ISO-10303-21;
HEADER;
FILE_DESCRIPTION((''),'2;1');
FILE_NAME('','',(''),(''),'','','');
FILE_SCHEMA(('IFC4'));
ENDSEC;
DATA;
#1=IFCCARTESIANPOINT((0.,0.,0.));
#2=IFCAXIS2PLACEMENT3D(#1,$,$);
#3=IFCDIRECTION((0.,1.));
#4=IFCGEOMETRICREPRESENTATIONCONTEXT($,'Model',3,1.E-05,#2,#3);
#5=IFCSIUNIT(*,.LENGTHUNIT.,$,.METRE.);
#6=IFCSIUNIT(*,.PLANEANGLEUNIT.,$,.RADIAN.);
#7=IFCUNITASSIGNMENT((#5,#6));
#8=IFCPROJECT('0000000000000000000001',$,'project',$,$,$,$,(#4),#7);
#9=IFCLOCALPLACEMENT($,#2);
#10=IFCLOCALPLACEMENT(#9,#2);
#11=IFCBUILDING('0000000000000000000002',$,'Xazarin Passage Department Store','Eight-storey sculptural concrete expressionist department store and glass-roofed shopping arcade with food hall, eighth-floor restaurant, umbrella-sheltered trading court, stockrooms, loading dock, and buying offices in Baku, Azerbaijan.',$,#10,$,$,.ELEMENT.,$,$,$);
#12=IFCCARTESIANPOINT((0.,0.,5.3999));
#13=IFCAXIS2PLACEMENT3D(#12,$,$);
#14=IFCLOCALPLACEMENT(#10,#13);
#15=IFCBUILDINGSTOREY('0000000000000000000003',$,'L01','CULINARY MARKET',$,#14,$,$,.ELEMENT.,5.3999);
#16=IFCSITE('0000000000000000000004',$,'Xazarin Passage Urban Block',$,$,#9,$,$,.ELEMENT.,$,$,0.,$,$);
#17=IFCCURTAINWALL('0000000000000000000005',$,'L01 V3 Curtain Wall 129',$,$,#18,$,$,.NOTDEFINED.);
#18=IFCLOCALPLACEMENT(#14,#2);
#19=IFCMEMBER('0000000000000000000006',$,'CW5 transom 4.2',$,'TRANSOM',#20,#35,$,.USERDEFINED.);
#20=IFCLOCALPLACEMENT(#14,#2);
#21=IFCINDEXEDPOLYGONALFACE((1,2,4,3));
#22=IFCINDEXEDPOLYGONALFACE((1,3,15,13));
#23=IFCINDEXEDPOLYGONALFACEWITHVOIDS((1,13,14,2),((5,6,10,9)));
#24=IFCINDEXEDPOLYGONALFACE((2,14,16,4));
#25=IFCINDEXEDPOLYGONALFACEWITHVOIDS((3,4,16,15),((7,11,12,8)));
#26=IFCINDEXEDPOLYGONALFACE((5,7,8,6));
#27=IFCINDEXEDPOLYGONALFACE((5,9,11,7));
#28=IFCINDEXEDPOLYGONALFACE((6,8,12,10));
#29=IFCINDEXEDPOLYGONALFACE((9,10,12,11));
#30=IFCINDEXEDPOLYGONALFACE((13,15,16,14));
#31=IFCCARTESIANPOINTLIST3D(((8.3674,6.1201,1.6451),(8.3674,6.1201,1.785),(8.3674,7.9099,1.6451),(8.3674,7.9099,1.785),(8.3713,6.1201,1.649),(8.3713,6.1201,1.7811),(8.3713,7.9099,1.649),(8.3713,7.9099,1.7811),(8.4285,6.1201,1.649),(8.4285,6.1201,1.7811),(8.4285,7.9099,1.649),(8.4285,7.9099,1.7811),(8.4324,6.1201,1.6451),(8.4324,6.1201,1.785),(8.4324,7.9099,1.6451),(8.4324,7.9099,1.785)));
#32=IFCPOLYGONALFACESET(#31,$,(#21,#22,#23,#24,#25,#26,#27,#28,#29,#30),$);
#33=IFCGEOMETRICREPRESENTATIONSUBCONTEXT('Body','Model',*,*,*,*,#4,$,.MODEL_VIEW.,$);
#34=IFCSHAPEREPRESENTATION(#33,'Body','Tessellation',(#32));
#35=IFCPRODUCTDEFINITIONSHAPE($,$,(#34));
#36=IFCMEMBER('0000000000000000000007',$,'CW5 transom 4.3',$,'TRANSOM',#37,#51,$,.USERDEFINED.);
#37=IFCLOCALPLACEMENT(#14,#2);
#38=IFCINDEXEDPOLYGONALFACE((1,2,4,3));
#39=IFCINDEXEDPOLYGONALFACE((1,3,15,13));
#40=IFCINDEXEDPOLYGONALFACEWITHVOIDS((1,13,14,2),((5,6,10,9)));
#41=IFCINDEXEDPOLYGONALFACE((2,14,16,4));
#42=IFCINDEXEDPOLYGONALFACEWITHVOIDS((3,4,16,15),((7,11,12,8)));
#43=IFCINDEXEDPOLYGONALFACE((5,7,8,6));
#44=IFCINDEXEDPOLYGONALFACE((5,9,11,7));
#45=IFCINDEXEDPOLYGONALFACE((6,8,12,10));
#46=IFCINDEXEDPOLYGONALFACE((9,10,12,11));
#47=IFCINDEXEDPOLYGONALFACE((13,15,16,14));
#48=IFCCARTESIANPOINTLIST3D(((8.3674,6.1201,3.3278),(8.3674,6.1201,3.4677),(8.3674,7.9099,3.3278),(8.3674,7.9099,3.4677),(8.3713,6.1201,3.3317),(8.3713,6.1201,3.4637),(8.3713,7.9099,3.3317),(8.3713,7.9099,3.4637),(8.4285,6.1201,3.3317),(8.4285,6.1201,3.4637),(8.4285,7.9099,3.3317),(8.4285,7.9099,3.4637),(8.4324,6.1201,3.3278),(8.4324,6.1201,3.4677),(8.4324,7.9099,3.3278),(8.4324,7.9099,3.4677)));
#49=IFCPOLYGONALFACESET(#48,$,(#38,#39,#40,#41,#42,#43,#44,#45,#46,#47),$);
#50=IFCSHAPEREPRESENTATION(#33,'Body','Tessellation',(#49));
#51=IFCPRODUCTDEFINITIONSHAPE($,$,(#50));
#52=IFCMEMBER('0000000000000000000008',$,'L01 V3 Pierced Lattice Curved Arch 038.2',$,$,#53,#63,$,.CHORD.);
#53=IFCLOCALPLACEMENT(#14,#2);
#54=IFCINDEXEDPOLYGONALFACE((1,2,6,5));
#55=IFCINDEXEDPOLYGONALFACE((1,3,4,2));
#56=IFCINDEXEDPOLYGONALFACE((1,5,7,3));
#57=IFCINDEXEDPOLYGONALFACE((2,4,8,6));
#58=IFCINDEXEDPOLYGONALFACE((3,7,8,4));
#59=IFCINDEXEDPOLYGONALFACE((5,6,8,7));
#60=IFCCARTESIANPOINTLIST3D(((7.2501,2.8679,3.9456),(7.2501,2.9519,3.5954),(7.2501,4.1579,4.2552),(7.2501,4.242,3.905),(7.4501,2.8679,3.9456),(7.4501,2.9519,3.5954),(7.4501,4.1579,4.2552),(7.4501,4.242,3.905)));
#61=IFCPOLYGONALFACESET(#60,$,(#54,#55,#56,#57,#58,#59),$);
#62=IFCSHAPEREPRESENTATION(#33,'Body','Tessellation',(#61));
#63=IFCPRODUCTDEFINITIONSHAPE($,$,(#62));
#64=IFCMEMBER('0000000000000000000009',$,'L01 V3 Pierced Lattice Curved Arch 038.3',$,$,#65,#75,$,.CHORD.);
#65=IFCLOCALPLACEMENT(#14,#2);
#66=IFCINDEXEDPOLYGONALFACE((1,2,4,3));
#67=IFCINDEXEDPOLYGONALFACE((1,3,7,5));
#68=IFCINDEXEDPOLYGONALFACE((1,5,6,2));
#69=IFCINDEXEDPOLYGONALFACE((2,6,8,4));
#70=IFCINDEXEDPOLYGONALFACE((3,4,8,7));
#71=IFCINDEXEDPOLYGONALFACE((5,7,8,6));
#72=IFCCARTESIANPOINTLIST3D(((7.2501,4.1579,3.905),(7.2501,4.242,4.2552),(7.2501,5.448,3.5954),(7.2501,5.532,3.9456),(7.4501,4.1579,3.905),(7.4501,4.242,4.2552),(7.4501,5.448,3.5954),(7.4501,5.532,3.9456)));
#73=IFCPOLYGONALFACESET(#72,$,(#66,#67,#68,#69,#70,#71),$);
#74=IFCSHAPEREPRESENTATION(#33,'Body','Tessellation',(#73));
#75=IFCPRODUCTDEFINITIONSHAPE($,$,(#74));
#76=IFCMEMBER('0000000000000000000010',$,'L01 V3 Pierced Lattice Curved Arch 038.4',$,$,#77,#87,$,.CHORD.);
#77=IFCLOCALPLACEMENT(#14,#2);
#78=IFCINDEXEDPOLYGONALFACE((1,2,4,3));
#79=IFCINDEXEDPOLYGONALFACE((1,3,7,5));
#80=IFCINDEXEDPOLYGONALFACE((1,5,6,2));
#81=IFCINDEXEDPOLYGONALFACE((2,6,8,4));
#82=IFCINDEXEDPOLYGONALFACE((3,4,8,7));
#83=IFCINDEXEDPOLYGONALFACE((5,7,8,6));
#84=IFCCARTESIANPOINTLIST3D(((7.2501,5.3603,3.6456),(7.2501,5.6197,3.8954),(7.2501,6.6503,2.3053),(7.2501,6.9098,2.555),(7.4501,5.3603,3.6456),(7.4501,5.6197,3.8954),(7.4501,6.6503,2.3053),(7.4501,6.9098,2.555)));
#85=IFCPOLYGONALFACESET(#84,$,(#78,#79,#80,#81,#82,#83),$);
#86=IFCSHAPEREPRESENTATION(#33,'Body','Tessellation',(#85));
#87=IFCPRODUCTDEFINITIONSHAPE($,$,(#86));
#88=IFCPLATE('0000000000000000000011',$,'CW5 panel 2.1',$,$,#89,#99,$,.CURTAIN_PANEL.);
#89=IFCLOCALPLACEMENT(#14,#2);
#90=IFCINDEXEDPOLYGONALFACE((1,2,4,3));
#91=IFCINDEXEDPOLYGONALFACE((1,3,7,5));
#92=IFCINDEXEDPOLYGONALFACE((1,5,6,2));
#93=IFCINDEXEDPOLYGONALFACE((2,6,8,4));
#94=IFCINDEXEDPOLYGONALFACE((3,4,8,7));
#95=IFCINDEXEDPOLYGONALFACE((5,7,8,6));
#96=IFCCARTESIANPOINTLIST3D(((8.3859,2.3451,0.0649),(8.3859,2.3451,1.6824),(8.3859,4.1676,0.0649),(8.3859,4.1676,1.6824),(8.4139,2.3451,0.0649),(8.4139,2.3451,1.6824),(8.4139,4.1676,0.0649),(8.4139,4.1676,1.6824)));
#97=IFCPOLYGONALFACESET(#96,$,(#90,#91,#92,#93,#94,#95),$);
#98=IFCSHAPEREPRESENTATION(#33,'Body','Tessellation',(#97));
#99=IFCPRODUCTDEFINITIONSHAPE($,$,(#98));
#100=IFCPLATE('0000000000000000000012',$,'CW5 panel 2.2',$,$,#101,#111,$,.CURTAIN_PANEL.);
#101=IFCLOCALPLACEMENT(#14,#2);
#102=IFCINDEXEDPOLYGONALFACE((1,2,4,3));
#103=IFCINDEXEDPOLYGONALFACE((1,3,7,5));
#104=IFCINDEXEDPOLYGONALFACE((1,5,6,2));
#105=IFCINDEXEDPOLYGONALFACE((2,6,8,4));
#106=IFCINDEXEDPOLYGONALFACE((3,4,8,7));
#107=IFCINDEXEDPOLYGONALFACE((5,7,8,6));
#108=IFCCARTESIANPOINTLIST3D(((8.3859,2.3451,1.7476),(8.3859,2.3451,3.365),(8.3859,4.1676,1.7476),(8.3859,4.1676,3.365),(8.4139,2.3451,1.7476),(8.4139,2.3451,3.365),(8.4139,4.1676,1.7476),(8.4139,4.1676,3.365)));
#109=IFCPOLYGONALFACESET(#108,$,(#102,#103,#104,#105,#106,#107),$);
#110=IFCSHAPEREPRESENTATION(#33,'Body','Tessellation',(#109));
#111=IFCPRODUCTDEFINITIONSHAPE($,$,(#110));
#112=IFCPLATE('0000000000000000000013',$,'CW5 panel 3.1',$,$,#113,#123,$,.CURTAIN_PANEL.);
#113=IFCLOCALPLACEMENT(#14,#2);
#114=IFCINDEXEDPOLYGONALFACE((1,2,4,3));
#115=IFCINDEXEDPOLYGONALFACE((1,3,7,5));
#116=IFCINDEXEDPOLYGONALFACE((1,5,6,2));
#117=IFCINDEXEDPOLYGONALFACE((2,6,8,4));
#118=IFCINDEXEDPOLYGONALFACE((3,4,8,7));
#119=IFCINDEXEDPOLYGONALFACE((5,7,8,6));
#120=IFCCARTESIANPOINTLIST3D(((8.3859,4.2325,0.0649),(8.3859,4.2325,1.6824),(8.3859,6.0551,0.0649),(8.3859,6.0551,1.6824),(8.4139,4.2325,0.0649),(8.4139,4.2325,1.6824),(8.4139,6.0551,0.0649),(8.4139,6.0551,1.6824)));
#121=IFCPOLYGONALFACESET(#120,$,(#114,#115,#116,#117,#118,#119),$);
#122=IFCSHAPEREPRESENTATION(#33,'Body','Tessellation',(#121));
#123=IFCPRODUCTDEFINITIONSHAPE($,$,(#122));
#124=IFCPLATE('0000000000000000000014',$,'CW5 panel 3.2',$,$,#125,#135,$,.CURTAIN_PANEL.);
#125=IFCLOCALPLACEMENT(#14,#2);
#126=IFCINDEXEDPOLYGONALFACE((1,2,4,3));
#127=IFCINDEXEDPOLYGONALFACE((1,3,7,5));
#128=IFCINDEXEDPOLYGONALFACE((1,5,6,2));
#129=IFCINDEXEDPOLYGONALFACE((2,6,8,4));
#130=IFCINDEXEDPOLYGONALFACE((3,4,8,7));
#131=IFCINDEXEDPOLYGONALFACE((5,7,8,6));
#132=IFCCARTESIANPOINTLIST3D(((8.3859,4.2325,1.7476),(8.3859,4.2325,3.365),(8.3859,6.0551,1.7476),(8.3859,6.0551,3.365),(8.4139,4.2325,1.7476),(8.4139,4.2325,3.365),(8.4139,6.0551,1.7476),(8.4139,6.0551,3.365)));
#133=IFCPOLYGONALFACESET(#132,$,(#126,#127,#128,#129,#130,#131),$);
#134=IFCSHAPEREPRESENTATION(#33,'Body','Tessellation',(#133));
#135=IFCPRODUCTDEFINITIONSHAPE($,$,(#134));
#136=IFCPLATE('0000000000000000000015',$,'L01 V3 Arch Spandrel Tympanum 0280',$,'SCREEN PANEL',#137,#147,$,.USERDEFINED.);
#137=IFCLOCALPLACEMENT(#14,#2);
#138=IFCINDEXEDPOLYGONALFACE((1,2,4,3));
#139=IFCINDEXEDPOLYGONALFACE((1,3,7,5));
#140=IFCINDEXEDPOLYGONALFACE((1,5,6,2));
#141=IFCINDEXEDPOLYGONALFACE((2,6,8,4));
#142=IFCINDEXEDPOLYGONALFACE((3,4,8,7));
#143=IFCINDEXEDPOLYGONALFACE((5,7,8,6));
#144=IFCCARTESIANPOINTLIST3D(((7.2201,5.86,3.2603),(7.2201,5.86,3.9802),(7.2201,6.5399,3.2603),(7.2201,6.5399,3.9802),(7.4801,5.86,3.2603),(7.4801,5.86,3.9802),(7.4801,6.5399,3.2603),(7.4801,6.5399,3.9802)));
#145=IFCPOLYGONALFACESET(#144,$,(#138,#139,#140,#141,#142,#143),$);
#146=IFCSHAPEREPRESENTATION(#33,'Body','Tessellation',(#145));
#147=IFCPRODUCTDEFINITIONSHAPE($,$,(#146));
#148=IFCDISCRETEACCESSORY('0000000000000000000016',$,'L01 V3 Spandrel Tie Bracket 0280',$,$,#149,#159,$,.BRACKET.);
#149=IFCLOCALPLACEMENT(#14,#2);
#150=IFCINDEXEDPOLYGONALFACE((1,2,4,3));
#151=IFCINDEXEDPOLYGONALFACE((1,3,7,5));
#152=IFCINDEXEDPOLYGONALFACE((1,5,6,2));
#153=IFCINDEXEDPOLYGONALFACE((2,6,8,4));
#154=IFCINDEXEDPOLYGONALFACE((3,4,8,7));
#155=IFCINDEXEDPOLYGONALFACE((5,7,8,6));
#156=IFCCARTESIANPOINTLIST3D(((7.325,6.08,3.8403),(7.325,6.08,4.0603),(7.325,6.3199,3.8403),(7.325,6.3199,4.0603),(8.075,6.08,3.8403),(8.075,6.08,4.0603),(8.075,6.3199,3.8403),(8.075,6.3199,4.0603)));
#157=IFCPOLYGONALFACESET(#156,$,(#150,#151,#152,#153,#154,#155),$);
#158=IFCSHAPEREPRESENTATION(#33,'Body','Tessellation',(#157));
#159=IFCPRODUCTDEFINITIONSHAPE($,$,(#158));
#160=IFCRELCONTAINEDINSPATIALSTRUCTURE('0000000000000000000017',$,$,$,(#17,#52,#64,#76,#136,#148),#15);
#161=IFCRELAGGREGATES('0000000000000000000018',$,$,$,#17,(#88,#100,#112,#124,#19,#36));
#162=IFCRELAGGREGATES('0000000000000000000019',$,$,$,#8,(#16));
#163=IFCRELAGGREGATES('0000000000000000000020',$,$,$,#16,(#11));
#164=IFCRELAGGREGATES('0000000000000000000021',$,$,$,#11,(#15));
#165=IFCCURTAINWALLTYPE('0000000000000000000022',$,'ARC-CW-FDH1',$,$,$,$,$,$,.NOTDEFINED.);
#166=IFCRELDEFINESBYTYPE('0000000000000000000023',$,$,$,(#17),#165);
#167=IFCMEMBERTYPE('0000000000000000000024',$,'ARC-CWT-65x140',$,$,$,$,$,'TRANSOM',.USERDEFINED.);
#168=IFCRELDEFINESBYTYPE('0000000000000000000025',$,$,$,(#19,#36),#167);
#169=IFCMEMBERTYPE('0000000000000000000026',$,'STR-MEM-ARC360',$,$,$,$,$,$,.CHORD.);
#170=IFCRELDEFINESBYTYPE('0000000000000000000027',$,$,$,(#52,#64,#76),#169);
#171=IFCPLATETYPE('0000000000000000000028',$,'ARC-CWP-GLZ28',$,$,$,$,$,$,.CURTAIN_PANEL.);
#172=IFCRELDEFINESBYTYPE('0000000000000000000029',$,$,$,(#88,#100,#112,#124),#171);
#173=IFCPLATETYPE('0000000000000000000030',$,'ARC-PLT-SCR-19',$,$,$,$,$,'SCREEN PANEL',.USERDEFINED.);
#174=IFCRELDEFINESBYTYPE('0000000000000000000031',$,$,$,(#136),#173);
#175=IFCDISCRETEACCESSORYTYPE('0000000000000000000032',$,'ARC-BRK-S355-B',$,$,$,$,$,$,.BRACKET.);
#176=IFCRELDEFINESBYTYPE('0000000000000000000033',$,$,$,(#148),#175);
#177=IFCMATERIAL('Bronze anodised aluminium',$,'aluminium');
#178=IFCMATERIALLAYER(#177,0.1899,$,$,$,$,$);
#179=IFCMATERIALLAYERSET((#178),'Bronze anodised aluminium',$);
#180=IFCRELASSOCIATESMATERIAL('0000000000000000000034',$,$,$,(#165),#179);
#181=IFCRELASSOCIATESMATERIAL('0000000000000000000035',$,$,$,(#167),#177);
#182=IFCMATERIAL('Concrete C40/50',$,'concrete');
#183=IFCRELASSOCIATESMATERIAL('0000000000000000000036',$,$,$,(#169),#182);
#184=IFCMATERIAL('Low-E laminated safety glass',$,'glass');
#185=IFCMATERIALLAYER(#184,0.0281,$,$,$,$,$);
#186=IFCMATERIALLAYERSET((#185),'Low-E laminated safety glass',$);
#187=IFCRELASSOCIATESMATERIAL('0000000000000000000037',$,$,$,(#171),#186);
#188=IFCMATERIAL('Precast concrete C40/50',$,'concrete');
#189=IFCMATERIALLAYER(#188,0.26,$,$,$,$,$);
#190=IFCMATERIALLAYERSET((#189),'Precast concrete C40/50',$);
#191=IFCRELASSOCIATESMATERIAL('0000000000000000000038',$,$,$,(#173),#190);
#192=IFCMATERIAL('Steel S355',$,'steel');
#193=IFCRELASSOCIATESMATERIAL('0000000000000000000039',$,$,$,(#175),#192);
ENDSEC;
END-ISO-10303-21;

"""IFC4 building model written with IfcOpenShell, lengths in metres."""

from ifc_helpers import new_model, si_unit, direction, frame, origin, origin_2d, place, context, subcontext, project, spatial, rectangle, hollow_rectangle, extrude, material, layer, layer_set, material_profile, profile_set, type_object, element, aggregate, save


model = new_model("IFC4")

# Units and contexts
model_context = context("Model", 3, precision=1e-05, world=origin(), true_north=direction((0.0, 1.0)))
body_context = subcontext(model_context, "Body", "Model", "MODEL_VIEW")
ifc_project = project(units=[si_unit("LENGTHUNIT", "METRE"), si_unit("PLANEANGLEUNIT", "RADIAN")], contexts=[model_context])

# Site, building, storey
site_placement = place(None, origin())
site = spatial("IfcSite", under=ifc_project, at=site_placement, Name="Xazarin Passage Urban Block", CompositionType="ELEMENT", RefElevation=0.0)
building_placement = place(site_placement, origin())
building = spatial("IfcBuilding", under=site, at=building_placement, Name="Xazarin Passage Department Store", Description="Eight-storey sculptural concrete expressionist department store and glass-roofed shopping arcade with food hall, eighth-floor restaurant, umbrella-sheltered trading court, stockrooms, loading dock, and buying offices in Baku, Azerbaijan.", CompositionType="ELEMENT")
storey_placement = place(building_placement, frame((0.0, 0.0, 5.3999)))
storey = spatial("IfcBuildingStorey", under=building, at=storey_placement, Name="L01", Description="CULINARY MARKET", CompositionType="ELEMENT", Elevation=5.3999)

# Shared definitions
ifc_material_1 = material(Name="Concrete C40/50", Category="concrete")

# Curtain wall, members
ifc_material_2 = material(Name="Bronze anodised aluminium", Category="aluminium")
ifc_layer_1 = layer(ifc_material_2, 0.1899)
ifc_layer_set_1 = layer_set([ifc_layer_1], Name="Bronze anodised aluminium")
curtain_wall_type = type_object("IfcCurtainWallType", Name="ARC-CW-FDH1", PredefinedType="NOTDEFINED", material=ifc_layer_set_1)
curtain_wall_placement = place(storey_placement, origin())
curtain_wall = element("IfcCurtainWall", 1, at=curtain_wall_placement, inside=storey, type_object=curtain_wall_type, Name="L01 V3 Curtain Wall 129", PredefinedType="NOTDEFINED")
ifc_material_profile_1 = material_profile(ifc_material_2, hollow_rectangle(XDim=0.0649, YDim=0.1399, WallThickness=0.0039, at=origin_2d()), Name="ALU 65x140")
ifc_profile_set_1 = profile_set([ifc_material_profile_1], Name="Bronze anodised aluminium")
member_type_1 = type_object("IfcMemberType", Name="ARC-CWT-65x140", ElementType="TRANSOM", PredefinedType="USERDEFINED", material=ifc_profile_set_1)
member_1_placement = place(storey_placement, frame((8.3999, 6.1201, 1.7151), z_axis=(0.0, 1.0, 0.0), x_axis=(-1.0, 0.0, 0.0)))
member_1 = element("IfcMember", 2, at=member_1_placement, type_object=member_type_1, Name="CW5 transom 4.2", ObjectType="TRANSOM", PredefinedType="USERDEFINED", context=body_context, shape_type="SweptSolid", body=[
    extrude(hollow_rectangle(XDim=0.0649, YDim=0.1399, WallThickness=0.0039, at=origin_2d()), origin(), (0.0, 0.0, 1.0), 1.7898),
])
member_2_placement = place(storey_placement, frame((8.3999, 6.1201, 3.3977), z_axis=(0.0, 1.0, 0.0), x_axis=(-1.0, 0.0, 0.0)))
member_2 = element("IfcMember", 3, at=member_2_placement, type_object=member_type_1, Name="CW5 transom 4.3", ObjectType="TRANSOM", PredefinedType="USERDEFINED", context=body_context, shape_type="SweptSolid", body=[
    extrude(hollow_rectangle(XDim=0.0649, YDim=0.1399, WallThickness=0.0039, at=origin_2d()), origin(), (0.0, 0.0, 1.0), 1.7898),
])

# Members
ifc_material_profile_2 = material_profile(ifc_material_1, rectangle(XDim=0.2, YDim=0.3601, at=origin_2d()), Name="RC 200x360")
ifc_profile_set_2 = profile_set([ifc_material_profile_2], Name="Concrete C40/50")
member_type_2 = type_object("IfcMemberType", Name="STR-MEM-ARC360", PredefinedType="CHORD", material=ifc_profile_set_2)
for number, where, z_axis, x_axis, name in (
    (4, (7.3501, 2.9099, 3.7705), (0.0, 0.972394, 0.233345), (-1.0, 0.0, 0.0), "L01 V3 Pierced Lattice Curved Arch 038.2"),
    (5, (7.3501, 4.2, 4.0801), (0.0, 0.972394, -0.233345), (-1.0, 0.0, 0.0), "L01 V3 Pierced Lattice Curved Arch 038.3"),
):
    element("IfcMember", number, at=place(storey_placement, frame(where, z_axis=z_axis, x_axis=x_axis)), inside=storey, type_object=member_type_2, Name=name, PredefinedType="CHORD", context=body_context, shape_type="SweptSolid", body=[
        extrude(rectangle(XDim=0.2, YDim=0.3601, at=origin_2d()), origin(), (0.0, 0.0, 1.0), 1.3267),
    ])
member_3_placement = place(storey_placement, frame((7.3501, 5.49, 3.7705), z_axis=(0.0, 0.69346, -0.720495), x_axis=(-1.0, 0.0, 0.0)))
element("IfcMember", 6, at=member_3_placement, inside=storey, type_object=member_type_2, Name="L01 V3 Pierced Lattice Curved Arch 038.4", PredefinedType="CHORD", context=body_context, shape_type="SweptSolid", body=[
    extrude(rectangle(XDim=0.2, YDim=0.3601, at=origin_2d()), origin(), (0.0, 0.0, 1.0), 1.8604),
])

# Plates
ifc_material_3 = material(Name="Low-E laminated safety glass", Category="glass")
ifc_layer_2 = layer(ifc_material_3, 0.0281)
ifc_layer_set_2 = layer_set([ifc_layer_2], Name="Low-E laminated safety glass")
plate_type_1 = type_object("IfcPlateType", Name="ARC-CWP-GLZ28", PredefinedType="CURTAIN_PANEL", material=ifc_layer_set_2)
plate_1_placement = place(storey_placement, frame((8.3999, 3.2563, 0.0649), z_axis=(0.0, 0.0, 1.0), x_axis=(0.0, 1.0, 0.0)))
plate_1 = element("IfcPlate", 7, at=plate_1_placement, type_object=plate_type_1, Name="CW5 panel 2.1", PredefinedType="CURTAIN_PANEL", context=body_context, shape_type="SweptSolid", body=[
    extrude(rectangle(XDim=1.8225, YDim=0.0281, at=origin_2d()), origin(), (0.0, 0.0, 1.0), 1.6174),
])
plate_2_placement = place(storey_placement, frame((8.3999, 3.2563, 1.7476), z_axis=(0.0, 0.0, 1.0), x_axis=(0.0, 1.0, 0.0)))
plate_2 = element("IfcPlate", 8, at=plate_2_placement, type_object=plate_type_1, Name="CW5 panel 2.2", PredefinedType="CURTAIN_PANEL", context=body_context, shape_type="SweptSolid", body=[
    extrude(rectangle(XDim=1.8225, YDim=0.0281, at=origin_2d()), origin(), (0.0, 0.0, 1.0), 1.6174),
])
plate_3_placement = place(storey_placement, frame((8.3999, 5.1438, 0.0649), z_axis=(0.0, 0.0, 1.0), x_axis=(0.0, 1.0, 0.0)))
plate_3 = element("IfcPlate", 9, at=plate_3_placement, type_object=plate_type_1, Name="CW5 panel 3.1", PredefinedType="CURTAIN_PANEL", context=body_context, shape_type="SweptSolid", body=[
    extrude(rectangle(XDim=1.8225, YDim=0.0281, at=origin_2d()), origin(), (0.0, 0.0, 1.0), 1.6174),
])
plate_4_placement = place(storey_placement, frame((8.3999, 5.1438, 1.7476), z_axis=(0.0, 0.0, 1.0), x_axis=(0.0, 1.0, 0.0)))
plate_4 = element("IfcPlate", 10, at=plate_4_placement, type_object=plate_type_1, Name="CW5 panel 3.2", PredefinedType="CURTAIN_PANEL", context=body_context, shape_type="SweptSolid", body=[
    extrude(rectangle(XDim=1.8225, YDim=0.0281, at=origin_2d()), origin(), (0.0, 0.0, 1.0), 1.6174),
])
aggregate(curtain_wall, [plate_1, plate_2, plate_3, plate_4, member_1, member_2])
ifc_material_4 = material(Name="Precast concrete C40/50", Category="concrete")
ifc_layer_3 = layer(ifc_material_4, 0.26)
ifc_layer_set_3 = layer_set([ifc_layer_3], Name="Precast concrete C40/50")
plate_type_2 = type_object("IfcPlateType", Name="ARC-PLT-SCR-19", ElementType="SCREEN PANEL", PredefinedType="USERDEFINED", material=ifc_layer_set_3)
plate_5_placement = place(storey_placement, frame((7.3501, 6.2, 3.2603), z_axis=(0.0, 0.0, 1.0), x_axis=(0.0, 1.0, 0.0)))
element("IfcPlate", 11, at=plate_5_placement, inside=storey, type_object=plate_type_2, Name="L01 V3 Arch Spandrel Tympanum 0280", ObjectType="SCREEN PANEL", PredefinedType="USERDEFINED", context=body_context, shape_type="SweptSolid", body=[
    extrude(rectangle(XDim=0.6799, YDim=0.26, at=origin_2d()), origin(), (0.0, 0.0, 1.0), 0.72),
])

# Discrete accessory
ifc_material_5 = material(Name="Steel S355", Category="steel")
discrete_accessory_type = type_object("IfcDiscreteAccessoryType", Name="ARC-BRK-S355-B", PredefinedType="BRACKET", material=ifc_material_5)
discrete_accessory_placement = place(storey_placement, frame((7.7, 6.2, 3.8403), z_axis=(0.0, 0.0, 1.0), x_axis=(0.0, 1.0, 0.0)))
element("IfcDiscreteAccessory", 12, at=discrete_accessory_placement, inside=storey, type_object=discrete_accessory_type, Name="L01 V3 Spandrel Tie Bracket 0280", PredefinedType="BRACKET", context=body_context, shape_type="SweptSolid", body=[
    extrude(rectangle(XDim=0.24, YDim=0.75, at=origin_2d()), origin(), (0.0, 0.0, 1.0), 0.22),
])

save(model, "model.ifc")
